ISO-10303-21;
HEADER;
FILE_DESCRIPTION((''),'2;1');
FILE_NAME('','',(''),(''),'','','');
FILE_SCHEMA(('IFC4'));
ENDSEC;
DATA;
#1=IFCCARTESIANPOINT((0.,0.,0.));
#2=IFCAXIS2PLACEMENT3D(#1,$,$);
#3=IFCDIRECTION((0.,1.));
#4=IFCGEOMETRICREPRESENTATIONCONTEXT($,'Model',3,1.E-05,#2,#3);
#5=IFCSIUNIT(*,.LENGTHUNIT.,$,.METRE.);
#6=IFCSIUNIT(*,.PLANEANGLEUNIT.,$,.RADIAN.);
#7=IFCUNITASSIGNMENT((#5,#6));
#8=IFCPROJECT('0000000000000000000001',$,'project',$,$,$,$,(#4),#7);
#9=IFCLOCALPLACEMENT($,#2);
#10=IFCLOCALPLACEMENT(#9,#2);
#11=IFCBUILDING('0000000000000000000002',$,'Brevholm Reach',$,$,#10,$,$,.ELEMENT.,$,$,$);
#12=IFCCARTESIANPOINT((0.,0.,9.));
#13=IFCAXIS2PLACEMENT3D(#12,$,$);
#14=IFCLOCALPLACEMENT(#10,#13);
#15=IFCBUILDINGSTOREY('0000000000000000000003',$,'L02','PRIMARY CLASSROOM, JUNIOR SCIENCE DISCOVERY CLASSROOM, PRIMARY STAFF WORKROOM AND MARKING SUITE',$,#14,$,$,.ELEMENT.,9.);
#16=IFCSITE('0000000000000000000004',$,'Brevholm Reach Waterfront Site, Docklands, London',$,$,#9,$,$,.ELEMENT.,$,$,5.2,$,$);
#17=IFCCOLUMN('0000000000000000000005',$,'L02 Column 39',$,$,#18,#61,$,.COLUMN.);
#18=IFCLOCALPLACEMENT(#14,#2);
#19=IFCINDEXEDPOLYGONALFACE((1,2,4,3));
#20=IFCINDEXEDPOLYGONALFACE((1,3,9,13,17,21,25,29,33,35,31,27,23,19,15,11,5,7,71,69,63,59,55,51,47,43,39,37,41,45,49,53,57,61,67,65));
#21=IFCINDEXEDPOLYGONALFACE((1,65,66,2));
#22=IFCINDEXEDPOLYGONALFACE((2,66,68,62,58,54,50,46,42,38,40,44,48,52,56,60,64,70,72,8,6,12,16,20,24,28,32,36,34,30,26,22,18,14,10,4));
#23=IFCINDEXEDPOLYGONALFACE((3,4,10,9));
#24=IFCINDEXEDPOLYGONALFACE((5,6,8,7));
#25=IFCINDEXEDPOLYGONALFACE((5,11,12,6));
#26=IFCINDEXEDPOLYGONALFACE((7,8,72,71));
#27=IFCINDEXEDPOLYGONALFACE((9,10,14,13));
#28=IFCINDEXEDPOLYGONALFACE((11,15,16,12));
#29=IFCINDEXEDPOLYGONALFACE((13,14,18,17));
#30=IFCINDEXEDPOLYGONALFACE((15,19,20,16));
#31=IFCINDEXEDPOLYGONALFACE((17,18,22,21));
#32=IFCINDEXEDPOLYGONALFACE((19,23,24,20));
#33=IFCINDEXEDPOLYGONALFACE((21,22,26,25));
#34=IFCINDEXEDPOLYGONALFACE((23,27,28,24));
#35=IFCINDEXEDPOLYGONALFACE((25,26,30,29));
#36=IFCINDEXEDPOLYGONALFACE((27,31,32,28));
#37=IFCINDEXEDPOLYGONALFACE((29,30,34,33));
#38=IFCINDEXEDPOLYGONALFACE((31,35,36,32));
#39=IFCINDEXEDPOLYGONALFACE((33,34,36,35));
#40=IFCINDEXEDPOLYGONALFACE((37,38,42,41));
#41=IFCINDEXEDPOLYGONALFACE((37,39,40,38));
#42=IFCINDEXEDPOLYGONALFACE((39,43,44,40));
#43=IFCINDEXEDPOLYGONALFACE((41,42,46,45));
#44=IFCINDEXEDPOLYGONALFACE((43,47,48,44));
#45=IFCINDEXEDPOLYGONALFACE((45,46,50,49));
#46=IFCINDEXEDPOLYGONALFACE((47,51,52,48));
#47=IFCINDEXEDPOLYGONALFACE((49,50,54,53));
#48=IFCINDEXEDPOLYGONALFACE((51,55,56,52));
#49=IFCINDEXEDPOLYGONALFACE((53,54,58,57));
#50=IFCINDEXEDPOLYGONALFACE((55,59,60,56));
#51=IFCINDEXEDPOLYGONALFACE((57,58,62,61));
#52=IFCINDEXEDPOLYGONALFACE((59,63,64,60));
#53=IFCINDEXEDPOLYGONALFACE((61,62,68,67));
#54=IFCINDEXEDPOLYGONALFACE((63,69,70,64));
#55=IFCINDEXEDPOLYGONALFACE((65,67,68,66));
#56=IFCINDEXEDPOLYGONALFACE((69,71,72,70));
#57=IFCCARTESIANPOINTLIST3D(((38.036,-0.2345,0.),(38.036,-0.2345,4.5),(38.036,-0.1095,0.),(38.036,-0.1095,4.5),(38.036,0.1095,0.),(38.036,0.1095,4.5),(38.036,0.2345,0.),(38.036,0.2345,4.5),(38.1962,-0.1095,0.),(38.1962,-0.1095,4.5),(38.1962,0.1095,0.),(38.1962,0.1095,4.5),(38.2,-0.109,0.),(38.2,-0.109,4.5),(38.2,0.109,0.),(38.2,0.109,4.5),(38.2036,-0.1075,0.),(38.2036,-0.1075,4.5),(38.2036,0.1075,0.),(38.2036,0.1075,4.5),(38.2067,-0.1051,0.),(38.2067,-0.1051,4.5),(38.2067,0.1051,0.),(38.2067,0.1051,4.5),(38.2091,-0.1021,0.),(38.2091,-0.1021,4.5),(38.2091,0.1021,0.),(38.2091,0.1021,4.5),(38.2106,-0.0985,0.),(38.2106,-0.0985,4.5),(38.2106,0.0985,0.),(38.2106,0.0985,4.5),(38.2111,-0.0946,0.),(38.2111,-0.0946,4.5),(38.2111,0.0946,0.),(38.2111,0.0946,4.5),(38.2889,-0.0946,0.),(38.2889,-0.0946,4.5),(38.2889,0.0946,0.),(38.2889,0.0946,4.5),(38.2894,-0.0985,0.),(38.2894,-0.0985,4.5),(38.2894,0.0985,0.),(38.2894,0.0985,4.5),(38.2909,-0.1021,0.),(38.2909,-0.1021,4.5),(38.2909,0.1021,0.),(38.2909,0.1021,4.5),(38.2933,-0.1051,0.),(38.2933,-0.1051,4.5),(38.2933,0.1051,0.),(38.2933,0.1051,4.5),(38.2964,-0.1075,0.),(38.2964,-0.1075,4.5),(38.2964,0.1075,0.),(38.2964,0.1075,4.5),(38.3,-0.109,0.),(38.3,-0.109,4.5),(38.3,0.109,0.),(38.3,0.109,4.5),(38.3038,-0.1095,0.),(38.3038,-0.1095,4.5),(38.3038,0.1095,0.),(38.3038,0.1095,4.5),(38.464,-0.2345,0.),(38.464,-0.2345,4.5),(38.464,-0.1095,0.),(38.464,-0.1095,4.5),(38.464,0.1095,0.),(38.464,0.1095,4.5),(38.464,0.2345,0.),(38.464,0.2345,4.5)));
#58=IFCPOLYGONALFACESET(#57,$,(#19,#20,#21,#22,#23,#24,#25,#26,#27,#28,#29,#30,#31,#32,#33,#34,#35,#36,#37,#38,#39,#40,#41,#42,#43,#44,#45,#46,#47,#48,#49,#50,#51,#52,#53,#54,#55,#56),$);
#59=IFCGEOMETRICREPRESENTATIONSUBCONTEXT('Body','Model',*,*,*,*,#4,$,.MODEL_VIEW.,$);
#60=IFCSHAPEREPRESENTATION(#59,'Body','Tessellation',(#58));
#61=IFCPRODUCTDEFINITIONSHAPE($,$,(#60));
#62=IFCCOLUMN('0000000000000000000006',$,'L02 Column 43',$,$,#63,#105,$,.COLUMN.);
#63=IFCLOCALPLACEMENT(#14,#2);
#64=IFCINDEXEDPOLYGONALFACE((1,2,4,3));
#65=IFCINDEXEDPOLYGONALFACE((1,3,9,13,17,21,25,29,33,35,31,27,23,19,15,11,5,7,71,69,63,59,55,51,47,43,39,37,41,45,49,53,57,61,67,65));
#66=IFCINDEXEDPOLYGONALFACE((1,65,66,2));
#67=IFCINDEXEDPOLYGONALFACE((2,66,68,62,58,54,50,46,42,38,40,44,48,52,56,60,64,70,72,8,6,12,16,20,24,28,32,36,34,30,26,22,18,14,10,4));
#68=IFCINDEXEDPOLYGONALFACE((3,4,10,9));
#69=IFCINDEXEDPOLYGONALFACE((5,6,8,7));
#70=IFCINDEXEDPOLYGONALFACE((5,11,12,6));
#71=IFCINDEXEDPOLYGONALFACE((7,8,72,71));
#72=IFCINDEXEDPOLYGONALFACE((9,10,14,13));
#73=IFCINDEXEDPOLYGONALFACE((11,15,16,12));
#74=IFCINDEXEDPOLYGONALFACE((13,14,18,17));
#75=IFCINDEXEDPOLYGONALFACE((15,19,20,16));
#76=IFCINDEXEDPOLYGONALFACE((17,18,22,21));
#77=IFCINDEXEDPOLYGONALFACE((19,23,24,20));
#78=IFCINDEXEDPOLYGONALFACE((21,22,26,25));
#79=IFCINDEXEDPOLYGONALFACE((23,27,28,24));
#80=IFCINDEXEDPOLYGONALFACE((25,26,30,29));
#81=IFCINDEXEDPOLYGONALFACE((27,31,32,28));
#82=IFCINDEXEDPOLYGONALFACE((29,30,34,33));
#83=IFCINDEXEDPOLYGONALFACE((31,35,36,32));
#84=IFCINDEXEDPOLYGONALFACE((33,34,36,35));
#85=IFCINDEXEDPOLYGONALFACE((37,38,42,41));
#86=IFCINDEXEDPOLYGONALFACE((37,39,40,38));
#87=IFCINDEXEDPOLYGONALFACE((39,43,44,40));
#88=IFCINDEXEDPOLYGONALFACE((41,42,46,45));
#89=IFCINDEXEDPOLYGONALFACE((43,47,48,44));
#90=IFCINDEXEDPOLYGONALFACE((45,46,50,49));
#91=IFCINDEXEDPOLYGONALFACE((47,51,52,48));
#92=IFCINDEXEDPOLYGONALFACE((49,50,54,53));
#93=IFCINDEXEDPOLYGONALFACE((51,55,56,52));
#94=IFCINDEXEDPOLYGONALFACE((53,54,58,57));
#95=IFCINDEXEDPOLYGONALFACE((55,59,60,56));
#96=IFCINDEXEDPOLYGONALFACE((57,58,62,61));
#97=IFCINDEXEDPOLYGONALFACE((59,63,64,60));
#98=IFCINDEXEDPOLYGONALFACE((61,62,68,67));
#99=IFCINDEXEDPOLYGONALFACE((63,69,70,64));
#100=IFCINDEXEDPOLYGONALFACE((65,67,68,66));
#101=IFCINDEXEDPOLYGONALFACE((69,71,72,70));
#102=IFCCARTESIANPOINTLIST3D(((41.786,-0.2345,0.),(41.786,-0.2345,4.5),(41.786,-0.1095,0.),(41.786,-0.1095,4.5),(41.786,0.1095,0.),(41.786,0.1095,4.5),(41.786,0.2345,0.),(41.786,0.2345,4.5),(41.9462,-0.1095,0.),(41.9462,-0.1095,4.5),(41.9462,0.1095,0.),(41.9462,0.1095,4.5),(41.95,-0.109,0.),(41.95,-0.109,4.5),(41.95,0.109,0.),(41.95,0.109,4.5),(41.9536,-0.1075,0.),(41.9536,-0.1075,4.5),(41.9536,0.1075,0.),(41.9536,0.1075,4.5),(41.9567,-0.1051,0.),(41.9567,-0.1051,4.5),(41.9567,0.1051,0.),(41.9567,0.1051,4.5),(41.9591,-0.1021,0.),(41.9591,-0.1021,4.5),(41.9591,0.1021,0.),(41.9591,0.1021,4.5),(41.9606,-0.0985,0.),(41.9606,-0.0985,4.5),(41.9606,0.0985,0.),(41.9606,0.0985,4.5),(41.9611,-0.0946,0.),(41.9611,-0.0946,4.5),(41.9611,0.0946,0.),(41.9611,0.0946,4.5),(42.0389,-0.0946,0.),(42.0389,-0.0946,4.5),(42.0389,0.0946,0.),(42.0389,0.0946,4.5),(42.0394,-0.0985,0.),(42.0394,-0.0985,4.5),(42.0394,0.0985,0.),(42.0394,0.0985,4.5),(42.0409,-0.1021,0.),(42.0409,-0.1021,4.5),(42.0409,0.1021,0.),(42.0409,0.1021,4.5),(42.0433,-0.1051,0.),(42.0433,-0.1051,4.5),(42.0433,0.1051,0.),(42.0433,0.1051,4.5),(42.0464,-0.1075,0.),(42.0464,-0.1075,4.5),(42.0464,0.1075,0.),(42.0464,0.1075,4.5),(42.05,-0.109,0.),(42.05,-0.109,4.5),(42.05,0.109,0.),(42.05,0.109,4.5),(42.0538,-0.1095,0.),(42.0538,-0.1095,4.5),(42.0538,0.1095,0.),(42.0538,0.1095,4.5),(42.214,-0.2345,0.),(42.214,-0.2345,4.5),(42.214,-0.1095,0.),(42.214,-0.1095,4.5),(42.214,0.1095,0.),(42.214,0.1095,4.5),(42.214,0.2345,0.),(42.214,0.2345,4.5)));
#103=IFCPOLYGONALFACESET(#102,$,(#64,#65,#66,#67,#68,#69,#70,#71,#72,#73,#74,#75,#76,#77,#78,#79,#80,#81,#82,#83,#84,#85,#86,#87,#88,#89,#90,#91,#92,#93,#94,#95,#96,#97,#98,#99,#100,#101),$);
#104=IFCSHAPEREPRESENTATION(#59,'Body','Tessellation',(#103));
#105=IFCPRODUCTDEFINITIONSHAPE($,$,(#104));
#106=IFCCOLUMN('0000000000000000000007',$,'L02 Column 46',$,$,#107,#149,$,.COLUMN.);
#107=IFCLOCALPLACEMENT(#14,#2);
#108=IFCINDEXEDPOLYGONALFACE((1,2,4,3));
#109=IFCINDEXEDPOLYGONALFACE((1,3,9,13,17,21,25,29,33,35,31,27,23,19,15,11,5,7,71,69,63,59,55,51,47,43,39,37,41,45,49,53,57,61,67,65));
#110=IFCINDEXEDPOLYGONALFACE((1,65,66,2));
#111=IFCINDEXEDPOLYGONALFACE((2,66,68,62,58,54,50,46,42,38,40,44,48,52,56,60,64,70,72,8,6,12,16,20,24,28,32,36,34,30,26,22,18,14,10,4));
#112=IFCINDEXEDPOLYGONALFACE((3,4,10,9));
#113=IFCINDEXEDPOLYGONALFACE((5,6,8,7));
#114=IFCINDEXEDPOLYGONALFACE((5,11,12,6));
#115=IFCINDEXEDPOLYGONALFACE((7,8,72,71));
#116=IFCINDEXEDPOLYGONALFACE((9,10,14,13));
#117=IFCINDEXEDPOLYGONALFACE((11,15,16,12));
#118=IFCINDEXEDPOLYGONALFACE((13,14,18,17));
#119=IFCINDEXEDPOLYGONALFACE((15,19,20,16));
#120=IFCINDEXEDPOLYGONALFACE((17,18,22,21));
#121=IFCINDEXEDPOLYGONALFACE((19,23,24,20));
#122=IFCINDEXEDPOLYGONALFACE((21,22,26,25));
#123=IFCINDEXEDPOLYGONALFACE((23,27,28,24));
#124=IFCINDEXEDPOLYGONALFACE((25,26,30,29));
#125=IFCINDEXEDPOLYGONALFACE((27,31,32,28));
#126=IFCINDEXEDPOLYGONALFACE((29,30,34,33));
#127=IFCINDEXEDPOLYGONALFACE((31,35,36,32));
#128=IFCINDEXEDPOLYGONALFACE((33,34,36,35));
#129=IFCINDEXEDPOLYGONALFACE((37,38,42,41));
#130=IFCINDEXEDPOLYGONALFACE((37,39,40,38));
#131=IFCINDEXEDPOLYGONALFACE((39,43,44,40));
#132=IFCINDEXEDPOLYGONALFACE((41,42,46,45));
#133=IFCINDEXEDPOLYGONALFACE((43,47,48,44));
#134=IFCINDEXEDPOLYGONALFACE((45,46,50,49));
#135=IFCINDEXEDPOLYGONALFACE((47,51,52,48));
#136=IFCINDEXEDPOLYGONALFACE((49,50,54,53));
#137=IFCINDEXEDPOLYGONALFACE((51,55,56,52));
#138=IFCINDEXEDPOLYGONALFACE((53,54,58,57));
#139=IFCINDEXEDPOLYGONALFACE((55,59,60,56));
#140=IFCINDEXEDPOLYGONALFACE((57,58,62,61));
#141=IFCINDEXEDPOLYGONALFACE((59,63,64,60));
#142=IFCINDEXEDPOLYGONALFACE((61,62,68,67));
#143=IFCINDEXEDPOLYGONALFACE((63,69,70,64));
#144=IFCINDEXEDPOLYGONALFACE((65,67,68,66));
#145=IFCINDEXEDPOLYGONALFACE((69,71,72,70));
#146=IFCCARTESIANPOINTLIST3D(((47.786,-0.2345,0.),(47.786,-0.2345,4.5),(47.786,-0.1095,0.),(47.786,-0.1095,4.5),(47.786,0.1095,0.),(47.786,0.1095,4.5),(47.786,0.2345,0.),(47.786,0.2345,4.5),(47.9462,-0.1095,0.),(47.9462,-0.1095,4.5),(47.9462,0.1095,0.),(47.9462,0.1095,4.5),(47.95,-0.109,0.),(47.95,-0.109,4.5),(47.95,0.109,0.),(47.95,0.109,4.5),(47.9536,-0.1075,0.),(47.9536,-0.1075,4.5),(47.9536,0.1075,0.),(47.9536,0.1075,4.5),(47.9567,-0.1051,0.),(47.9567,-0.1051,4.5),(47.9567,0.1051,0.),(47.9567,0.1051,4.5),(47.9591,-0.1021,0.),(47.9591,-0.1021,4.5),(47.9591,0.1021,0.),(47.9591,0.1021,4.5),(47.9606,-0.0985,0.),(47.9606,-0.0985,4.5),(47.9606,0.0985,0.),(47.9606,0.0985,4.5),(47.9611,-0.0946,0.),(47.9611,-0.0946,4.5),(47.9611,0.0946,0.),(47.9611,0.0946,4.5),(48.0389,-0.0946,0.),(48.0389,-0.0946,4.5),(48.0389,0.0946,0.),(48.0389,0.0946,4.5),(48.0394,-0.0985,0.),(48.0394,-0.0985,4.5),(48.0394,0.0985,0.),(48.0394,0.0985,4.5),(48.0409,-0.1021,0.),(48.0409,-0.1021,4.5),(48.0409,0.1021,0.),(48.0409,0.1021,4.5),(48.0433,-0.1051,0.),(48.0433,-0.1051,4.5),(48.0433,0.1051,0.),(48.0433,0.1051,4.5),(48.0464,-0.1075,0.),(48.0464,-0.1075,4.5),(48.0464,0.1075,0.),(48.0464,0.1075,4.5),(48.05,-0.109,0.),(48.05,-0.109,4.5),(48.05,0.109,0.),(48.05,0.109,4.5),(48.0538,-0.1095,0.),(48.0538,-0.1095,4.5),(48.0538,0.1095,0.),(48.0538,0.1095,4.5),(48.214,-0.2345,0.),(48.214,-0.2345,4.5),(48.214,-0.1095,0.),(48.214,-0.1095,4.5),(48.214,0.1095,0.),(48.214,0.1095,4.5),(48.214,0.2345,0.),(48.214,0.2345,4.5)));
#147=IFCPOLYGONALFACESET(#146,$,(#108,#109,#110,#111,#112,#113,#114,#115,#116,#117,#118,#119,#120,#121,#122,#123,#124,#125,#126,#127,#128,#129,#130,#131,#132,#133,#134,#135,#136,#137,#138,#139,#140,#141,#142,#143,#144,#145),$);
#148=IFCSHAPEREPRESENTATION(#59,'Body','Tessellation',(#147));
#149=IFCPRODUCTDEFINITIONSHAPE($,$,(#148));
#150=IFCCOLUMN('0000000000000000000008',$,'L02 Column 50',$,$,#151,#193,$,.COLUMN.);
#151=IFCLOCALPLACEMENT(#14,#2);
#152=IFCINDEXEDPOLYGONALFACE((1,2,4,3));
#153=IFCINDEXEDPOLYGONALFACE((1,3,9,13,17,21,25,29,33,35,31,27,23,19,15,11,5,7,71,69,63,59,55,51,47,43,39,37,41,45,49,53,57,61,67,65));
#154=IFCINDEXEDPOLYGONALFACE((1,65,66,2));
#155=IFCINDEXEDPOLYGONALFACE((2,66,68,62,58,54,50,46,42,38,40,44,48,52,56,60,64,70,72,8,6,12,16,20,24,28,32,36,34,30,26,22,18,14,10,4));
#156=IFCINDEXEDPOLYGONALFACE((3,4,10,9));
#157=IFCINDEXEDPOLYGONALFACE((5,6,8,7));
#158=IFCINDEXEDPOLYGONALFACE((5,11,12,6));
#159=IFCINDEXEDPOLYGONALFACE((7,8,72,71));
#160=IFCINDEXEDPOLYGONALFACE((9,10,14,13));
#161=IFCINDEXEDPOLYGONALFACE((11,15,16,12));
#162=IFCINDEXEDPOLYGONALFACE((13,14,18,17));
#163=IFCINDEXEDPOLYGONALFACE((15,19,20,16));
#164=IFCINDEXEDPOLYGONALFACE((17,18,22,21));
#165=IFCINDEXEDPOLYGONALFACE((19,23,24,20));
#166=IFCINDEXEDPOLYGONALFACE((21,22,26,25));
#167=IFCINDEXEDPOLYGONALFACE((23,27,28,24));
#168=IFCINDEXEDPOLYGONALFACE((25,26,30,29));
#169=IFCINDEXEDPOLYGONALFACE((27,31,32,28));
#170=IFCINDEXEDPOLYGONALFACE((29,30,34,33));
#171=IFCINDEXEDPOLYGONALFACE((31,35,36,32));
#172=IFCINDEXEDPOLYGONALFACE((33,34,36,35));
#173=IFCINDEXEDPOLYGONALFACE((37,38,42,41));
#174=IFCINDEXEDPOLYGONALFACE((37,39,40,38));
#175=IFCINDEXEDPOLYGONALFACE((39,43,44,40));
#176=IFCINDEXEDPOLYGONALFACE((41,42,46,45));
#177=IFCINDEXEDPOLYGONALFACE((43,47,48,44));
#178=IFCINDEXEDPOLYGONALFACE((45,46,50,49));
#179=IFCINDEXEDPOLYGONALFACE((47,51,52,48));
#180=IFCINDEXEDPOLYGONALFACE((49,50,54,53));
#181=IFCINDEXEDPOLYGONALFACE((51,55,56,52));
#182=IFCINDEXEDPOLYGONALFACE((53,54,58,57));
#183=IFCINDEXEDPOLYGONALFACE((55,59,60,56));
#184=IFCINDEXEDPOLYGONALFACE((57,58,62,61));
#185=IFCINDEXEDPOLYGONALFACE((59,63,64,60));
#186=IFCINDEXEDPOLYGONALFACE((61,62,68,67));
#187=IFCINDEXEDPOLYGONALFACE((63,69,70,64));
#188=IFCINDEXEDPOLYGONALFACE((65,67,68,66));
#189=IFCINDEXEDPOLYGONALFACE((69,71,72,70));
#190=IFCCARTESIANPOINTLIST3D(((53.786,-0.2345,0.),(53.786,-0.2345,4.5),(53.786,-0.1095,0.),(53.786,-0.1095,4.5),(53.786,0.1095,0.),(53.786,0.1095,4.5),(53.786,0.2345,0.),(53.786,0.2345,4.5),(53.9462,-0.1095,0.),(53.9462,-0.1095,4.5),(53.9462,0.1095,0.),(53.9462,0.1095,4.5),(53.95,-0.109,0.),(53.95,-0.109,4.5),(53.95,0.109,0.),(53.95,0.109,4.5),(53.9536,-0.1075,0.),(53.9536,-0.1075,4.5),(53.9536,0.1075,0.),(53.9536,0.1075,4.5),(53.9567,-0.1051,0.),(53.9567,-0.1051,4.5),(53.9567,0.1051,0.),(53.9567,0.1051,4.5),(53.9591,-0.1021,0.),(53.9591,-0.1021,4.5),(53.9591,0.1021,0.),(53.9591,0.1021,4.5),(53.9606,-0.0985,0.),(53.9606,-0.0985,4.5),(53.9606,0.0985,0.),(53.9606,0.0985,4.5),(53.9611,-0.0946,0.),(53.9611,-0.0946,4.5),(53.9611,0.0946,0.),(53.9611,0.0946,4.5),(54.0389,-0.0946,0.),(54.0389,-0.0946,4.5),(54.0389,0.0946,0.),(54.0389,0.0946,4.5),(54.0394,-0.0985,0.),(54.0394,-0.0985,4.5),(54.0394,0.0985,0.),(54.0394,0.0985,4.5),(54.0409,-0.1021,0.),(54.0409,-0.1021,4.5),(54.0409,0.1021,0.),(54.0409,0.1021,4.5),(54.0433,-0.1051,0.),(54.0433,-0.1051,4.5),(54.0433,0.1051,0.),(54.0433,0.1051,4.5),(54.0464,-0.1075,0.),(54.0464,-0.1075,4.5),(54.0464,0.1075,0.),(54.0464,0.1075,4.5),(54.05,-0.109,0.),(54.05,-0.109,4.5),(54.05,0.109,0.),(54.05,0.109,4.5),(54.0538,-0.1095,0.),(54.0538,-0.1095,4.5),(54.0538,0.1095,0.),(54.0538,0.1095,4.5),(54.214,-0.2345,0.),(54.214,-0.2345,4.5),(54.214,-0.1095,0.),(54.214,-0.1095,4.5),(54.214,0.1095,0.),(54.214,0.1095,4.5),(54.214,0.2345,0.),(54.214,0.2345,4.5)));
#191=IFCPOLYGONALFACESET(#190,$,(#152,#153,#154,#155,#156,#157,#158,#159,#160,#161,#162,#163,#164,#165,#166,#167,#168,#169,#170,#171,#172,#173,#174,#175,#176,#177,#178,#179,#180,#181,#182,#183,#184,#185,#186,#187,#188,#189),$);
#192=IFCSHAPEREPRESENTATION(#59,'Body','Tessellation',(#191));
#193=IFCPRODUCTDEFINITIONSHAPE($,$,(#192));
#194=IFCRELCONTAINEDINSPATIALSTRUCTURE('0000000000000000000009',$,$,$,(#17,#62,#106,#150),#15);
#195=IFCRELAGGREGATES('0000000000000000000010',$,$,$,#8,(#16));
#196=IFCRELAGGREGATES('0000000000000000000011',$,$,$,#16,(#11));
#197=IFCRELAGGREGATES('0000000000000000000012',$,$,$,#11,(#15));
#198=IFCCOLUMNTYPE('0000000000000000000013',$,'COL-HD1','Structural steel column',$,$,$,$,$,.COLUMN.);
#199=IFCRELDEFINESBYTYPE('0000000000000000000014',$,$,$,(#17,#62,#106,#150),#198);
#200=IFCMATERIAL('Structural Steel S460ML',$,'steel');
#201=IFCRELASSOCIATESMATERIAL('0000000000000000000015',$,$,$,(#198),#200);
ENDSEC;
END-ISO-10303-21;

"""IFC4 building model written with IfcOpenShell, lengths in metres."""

from ifc_helpers import new_model, si_unit, direction, frame, origin, origin_2d, place, context, subcontext, project, spatial, i_section, extrude, material, material_profile, profile_set, type_object, element, save


model = new_model("IFC4")

# Units and contexts
model_context = context("Model", 3, precision=1e-05, world=origin(), true_north=direction((0.0, 1.0)))
body_context = subcontext(model_context, "Body", "Model", "MODEL_VIEW")
ifc_project = project(units=[si_unit("LENGTHUNIT", "METRE"), si_unit("PLANEANGLEUNIT", "RADIAN")], contexts=[model_context])

# Site, building, storey
site_placement = place(None, origin())
site = spatial("IfcSite", under=ifc_project, at=site_placement, Name="Brevholm Reach Waterfront Site, Docklands, London", CompositionType="ELEMENT", RefElevation=5.2)
building_placement = place(site_placement, origin())
building = spatial("IfcBuilding", under=site, at=building_placement, Name="Brevholm Reach", CompositionType="ELEMENT")
storey_placement = place(building_placement, frame((0.0, 0.0, 9.0)))
storey = spatial("IfcBuildingStorey", under=building, at=storey_placement, Name="L02", Description="PRIMARY CLASSROOM, JUNIOR SCIENCE DISCOVERY CLASSROOM, PRIMARY STAFF WORKROOM AND MARKING SUITE", CompositionType="ELEMENT", Elevation=9.0)

# Columns
ifc_material_1 = material(Name="Structural Steel S460ML", Category="steel")
ifc_material_profile_1 = material_profile(ifc_material_1, i_section(OverallWidth=0.428, OverallDepth=0.469, WebThickness=0.0779, FlangeThickness=0.125, FilletRadius=0.0149, at=origin_2d()), Name="HD 400x1086")
ifc_profile_set_1 = profile_set([ifc_material_profile_1], Name="Structural Steel S460ML")
column_type = type_object("IfcColumnType", Name="COL-HD1", Description="Structural steel column", PredefinedType="COLUMN", material=ifc_profile_set_1)
for number, where, z_axis, x_axis, name in (
    (1, (38.25, 0.0, 0.0), (0.0, 0.0, 1.0), (1.0, 0.0, 0.0), "L02 Column 39"),
    (2, (42.0, 0.0, 0.0), (0.0, 0.0, 1.0), (1.0, 0.0, 0.0), "L02 Column 43"),
    (3, (48.0, 0.0, 0.0), (0.0, 0.0, 1.0), (1.0, 0.0, 0.0), "L02 Column 46"),
    (4, (54.0, 0.0, 0.0), (0.0, 0.0, 1.0), (1.0, 0.0, 0.0), "L02 Column 50"),
):
    element("IfcColumn", number, at=place(storey_placement, frame(where, z_axis=z_axis, x_axis=x_axis)), inside=storey, type_object=column_type, Name=name, PredefinedType="COLUMN", context=body_context, shape_type="SweptSolid", body=[
        extrude(i_section(OverallWidth=0.428, OverallDepth=0.469, WebThickness=0.0779, FlangeThickness=0.125, FilletRadius=0.0149, at=origin_2d()), origin(), (0.0, 0.0, 1.0), 4.5),
    ])

save(model, "model.ifc")
